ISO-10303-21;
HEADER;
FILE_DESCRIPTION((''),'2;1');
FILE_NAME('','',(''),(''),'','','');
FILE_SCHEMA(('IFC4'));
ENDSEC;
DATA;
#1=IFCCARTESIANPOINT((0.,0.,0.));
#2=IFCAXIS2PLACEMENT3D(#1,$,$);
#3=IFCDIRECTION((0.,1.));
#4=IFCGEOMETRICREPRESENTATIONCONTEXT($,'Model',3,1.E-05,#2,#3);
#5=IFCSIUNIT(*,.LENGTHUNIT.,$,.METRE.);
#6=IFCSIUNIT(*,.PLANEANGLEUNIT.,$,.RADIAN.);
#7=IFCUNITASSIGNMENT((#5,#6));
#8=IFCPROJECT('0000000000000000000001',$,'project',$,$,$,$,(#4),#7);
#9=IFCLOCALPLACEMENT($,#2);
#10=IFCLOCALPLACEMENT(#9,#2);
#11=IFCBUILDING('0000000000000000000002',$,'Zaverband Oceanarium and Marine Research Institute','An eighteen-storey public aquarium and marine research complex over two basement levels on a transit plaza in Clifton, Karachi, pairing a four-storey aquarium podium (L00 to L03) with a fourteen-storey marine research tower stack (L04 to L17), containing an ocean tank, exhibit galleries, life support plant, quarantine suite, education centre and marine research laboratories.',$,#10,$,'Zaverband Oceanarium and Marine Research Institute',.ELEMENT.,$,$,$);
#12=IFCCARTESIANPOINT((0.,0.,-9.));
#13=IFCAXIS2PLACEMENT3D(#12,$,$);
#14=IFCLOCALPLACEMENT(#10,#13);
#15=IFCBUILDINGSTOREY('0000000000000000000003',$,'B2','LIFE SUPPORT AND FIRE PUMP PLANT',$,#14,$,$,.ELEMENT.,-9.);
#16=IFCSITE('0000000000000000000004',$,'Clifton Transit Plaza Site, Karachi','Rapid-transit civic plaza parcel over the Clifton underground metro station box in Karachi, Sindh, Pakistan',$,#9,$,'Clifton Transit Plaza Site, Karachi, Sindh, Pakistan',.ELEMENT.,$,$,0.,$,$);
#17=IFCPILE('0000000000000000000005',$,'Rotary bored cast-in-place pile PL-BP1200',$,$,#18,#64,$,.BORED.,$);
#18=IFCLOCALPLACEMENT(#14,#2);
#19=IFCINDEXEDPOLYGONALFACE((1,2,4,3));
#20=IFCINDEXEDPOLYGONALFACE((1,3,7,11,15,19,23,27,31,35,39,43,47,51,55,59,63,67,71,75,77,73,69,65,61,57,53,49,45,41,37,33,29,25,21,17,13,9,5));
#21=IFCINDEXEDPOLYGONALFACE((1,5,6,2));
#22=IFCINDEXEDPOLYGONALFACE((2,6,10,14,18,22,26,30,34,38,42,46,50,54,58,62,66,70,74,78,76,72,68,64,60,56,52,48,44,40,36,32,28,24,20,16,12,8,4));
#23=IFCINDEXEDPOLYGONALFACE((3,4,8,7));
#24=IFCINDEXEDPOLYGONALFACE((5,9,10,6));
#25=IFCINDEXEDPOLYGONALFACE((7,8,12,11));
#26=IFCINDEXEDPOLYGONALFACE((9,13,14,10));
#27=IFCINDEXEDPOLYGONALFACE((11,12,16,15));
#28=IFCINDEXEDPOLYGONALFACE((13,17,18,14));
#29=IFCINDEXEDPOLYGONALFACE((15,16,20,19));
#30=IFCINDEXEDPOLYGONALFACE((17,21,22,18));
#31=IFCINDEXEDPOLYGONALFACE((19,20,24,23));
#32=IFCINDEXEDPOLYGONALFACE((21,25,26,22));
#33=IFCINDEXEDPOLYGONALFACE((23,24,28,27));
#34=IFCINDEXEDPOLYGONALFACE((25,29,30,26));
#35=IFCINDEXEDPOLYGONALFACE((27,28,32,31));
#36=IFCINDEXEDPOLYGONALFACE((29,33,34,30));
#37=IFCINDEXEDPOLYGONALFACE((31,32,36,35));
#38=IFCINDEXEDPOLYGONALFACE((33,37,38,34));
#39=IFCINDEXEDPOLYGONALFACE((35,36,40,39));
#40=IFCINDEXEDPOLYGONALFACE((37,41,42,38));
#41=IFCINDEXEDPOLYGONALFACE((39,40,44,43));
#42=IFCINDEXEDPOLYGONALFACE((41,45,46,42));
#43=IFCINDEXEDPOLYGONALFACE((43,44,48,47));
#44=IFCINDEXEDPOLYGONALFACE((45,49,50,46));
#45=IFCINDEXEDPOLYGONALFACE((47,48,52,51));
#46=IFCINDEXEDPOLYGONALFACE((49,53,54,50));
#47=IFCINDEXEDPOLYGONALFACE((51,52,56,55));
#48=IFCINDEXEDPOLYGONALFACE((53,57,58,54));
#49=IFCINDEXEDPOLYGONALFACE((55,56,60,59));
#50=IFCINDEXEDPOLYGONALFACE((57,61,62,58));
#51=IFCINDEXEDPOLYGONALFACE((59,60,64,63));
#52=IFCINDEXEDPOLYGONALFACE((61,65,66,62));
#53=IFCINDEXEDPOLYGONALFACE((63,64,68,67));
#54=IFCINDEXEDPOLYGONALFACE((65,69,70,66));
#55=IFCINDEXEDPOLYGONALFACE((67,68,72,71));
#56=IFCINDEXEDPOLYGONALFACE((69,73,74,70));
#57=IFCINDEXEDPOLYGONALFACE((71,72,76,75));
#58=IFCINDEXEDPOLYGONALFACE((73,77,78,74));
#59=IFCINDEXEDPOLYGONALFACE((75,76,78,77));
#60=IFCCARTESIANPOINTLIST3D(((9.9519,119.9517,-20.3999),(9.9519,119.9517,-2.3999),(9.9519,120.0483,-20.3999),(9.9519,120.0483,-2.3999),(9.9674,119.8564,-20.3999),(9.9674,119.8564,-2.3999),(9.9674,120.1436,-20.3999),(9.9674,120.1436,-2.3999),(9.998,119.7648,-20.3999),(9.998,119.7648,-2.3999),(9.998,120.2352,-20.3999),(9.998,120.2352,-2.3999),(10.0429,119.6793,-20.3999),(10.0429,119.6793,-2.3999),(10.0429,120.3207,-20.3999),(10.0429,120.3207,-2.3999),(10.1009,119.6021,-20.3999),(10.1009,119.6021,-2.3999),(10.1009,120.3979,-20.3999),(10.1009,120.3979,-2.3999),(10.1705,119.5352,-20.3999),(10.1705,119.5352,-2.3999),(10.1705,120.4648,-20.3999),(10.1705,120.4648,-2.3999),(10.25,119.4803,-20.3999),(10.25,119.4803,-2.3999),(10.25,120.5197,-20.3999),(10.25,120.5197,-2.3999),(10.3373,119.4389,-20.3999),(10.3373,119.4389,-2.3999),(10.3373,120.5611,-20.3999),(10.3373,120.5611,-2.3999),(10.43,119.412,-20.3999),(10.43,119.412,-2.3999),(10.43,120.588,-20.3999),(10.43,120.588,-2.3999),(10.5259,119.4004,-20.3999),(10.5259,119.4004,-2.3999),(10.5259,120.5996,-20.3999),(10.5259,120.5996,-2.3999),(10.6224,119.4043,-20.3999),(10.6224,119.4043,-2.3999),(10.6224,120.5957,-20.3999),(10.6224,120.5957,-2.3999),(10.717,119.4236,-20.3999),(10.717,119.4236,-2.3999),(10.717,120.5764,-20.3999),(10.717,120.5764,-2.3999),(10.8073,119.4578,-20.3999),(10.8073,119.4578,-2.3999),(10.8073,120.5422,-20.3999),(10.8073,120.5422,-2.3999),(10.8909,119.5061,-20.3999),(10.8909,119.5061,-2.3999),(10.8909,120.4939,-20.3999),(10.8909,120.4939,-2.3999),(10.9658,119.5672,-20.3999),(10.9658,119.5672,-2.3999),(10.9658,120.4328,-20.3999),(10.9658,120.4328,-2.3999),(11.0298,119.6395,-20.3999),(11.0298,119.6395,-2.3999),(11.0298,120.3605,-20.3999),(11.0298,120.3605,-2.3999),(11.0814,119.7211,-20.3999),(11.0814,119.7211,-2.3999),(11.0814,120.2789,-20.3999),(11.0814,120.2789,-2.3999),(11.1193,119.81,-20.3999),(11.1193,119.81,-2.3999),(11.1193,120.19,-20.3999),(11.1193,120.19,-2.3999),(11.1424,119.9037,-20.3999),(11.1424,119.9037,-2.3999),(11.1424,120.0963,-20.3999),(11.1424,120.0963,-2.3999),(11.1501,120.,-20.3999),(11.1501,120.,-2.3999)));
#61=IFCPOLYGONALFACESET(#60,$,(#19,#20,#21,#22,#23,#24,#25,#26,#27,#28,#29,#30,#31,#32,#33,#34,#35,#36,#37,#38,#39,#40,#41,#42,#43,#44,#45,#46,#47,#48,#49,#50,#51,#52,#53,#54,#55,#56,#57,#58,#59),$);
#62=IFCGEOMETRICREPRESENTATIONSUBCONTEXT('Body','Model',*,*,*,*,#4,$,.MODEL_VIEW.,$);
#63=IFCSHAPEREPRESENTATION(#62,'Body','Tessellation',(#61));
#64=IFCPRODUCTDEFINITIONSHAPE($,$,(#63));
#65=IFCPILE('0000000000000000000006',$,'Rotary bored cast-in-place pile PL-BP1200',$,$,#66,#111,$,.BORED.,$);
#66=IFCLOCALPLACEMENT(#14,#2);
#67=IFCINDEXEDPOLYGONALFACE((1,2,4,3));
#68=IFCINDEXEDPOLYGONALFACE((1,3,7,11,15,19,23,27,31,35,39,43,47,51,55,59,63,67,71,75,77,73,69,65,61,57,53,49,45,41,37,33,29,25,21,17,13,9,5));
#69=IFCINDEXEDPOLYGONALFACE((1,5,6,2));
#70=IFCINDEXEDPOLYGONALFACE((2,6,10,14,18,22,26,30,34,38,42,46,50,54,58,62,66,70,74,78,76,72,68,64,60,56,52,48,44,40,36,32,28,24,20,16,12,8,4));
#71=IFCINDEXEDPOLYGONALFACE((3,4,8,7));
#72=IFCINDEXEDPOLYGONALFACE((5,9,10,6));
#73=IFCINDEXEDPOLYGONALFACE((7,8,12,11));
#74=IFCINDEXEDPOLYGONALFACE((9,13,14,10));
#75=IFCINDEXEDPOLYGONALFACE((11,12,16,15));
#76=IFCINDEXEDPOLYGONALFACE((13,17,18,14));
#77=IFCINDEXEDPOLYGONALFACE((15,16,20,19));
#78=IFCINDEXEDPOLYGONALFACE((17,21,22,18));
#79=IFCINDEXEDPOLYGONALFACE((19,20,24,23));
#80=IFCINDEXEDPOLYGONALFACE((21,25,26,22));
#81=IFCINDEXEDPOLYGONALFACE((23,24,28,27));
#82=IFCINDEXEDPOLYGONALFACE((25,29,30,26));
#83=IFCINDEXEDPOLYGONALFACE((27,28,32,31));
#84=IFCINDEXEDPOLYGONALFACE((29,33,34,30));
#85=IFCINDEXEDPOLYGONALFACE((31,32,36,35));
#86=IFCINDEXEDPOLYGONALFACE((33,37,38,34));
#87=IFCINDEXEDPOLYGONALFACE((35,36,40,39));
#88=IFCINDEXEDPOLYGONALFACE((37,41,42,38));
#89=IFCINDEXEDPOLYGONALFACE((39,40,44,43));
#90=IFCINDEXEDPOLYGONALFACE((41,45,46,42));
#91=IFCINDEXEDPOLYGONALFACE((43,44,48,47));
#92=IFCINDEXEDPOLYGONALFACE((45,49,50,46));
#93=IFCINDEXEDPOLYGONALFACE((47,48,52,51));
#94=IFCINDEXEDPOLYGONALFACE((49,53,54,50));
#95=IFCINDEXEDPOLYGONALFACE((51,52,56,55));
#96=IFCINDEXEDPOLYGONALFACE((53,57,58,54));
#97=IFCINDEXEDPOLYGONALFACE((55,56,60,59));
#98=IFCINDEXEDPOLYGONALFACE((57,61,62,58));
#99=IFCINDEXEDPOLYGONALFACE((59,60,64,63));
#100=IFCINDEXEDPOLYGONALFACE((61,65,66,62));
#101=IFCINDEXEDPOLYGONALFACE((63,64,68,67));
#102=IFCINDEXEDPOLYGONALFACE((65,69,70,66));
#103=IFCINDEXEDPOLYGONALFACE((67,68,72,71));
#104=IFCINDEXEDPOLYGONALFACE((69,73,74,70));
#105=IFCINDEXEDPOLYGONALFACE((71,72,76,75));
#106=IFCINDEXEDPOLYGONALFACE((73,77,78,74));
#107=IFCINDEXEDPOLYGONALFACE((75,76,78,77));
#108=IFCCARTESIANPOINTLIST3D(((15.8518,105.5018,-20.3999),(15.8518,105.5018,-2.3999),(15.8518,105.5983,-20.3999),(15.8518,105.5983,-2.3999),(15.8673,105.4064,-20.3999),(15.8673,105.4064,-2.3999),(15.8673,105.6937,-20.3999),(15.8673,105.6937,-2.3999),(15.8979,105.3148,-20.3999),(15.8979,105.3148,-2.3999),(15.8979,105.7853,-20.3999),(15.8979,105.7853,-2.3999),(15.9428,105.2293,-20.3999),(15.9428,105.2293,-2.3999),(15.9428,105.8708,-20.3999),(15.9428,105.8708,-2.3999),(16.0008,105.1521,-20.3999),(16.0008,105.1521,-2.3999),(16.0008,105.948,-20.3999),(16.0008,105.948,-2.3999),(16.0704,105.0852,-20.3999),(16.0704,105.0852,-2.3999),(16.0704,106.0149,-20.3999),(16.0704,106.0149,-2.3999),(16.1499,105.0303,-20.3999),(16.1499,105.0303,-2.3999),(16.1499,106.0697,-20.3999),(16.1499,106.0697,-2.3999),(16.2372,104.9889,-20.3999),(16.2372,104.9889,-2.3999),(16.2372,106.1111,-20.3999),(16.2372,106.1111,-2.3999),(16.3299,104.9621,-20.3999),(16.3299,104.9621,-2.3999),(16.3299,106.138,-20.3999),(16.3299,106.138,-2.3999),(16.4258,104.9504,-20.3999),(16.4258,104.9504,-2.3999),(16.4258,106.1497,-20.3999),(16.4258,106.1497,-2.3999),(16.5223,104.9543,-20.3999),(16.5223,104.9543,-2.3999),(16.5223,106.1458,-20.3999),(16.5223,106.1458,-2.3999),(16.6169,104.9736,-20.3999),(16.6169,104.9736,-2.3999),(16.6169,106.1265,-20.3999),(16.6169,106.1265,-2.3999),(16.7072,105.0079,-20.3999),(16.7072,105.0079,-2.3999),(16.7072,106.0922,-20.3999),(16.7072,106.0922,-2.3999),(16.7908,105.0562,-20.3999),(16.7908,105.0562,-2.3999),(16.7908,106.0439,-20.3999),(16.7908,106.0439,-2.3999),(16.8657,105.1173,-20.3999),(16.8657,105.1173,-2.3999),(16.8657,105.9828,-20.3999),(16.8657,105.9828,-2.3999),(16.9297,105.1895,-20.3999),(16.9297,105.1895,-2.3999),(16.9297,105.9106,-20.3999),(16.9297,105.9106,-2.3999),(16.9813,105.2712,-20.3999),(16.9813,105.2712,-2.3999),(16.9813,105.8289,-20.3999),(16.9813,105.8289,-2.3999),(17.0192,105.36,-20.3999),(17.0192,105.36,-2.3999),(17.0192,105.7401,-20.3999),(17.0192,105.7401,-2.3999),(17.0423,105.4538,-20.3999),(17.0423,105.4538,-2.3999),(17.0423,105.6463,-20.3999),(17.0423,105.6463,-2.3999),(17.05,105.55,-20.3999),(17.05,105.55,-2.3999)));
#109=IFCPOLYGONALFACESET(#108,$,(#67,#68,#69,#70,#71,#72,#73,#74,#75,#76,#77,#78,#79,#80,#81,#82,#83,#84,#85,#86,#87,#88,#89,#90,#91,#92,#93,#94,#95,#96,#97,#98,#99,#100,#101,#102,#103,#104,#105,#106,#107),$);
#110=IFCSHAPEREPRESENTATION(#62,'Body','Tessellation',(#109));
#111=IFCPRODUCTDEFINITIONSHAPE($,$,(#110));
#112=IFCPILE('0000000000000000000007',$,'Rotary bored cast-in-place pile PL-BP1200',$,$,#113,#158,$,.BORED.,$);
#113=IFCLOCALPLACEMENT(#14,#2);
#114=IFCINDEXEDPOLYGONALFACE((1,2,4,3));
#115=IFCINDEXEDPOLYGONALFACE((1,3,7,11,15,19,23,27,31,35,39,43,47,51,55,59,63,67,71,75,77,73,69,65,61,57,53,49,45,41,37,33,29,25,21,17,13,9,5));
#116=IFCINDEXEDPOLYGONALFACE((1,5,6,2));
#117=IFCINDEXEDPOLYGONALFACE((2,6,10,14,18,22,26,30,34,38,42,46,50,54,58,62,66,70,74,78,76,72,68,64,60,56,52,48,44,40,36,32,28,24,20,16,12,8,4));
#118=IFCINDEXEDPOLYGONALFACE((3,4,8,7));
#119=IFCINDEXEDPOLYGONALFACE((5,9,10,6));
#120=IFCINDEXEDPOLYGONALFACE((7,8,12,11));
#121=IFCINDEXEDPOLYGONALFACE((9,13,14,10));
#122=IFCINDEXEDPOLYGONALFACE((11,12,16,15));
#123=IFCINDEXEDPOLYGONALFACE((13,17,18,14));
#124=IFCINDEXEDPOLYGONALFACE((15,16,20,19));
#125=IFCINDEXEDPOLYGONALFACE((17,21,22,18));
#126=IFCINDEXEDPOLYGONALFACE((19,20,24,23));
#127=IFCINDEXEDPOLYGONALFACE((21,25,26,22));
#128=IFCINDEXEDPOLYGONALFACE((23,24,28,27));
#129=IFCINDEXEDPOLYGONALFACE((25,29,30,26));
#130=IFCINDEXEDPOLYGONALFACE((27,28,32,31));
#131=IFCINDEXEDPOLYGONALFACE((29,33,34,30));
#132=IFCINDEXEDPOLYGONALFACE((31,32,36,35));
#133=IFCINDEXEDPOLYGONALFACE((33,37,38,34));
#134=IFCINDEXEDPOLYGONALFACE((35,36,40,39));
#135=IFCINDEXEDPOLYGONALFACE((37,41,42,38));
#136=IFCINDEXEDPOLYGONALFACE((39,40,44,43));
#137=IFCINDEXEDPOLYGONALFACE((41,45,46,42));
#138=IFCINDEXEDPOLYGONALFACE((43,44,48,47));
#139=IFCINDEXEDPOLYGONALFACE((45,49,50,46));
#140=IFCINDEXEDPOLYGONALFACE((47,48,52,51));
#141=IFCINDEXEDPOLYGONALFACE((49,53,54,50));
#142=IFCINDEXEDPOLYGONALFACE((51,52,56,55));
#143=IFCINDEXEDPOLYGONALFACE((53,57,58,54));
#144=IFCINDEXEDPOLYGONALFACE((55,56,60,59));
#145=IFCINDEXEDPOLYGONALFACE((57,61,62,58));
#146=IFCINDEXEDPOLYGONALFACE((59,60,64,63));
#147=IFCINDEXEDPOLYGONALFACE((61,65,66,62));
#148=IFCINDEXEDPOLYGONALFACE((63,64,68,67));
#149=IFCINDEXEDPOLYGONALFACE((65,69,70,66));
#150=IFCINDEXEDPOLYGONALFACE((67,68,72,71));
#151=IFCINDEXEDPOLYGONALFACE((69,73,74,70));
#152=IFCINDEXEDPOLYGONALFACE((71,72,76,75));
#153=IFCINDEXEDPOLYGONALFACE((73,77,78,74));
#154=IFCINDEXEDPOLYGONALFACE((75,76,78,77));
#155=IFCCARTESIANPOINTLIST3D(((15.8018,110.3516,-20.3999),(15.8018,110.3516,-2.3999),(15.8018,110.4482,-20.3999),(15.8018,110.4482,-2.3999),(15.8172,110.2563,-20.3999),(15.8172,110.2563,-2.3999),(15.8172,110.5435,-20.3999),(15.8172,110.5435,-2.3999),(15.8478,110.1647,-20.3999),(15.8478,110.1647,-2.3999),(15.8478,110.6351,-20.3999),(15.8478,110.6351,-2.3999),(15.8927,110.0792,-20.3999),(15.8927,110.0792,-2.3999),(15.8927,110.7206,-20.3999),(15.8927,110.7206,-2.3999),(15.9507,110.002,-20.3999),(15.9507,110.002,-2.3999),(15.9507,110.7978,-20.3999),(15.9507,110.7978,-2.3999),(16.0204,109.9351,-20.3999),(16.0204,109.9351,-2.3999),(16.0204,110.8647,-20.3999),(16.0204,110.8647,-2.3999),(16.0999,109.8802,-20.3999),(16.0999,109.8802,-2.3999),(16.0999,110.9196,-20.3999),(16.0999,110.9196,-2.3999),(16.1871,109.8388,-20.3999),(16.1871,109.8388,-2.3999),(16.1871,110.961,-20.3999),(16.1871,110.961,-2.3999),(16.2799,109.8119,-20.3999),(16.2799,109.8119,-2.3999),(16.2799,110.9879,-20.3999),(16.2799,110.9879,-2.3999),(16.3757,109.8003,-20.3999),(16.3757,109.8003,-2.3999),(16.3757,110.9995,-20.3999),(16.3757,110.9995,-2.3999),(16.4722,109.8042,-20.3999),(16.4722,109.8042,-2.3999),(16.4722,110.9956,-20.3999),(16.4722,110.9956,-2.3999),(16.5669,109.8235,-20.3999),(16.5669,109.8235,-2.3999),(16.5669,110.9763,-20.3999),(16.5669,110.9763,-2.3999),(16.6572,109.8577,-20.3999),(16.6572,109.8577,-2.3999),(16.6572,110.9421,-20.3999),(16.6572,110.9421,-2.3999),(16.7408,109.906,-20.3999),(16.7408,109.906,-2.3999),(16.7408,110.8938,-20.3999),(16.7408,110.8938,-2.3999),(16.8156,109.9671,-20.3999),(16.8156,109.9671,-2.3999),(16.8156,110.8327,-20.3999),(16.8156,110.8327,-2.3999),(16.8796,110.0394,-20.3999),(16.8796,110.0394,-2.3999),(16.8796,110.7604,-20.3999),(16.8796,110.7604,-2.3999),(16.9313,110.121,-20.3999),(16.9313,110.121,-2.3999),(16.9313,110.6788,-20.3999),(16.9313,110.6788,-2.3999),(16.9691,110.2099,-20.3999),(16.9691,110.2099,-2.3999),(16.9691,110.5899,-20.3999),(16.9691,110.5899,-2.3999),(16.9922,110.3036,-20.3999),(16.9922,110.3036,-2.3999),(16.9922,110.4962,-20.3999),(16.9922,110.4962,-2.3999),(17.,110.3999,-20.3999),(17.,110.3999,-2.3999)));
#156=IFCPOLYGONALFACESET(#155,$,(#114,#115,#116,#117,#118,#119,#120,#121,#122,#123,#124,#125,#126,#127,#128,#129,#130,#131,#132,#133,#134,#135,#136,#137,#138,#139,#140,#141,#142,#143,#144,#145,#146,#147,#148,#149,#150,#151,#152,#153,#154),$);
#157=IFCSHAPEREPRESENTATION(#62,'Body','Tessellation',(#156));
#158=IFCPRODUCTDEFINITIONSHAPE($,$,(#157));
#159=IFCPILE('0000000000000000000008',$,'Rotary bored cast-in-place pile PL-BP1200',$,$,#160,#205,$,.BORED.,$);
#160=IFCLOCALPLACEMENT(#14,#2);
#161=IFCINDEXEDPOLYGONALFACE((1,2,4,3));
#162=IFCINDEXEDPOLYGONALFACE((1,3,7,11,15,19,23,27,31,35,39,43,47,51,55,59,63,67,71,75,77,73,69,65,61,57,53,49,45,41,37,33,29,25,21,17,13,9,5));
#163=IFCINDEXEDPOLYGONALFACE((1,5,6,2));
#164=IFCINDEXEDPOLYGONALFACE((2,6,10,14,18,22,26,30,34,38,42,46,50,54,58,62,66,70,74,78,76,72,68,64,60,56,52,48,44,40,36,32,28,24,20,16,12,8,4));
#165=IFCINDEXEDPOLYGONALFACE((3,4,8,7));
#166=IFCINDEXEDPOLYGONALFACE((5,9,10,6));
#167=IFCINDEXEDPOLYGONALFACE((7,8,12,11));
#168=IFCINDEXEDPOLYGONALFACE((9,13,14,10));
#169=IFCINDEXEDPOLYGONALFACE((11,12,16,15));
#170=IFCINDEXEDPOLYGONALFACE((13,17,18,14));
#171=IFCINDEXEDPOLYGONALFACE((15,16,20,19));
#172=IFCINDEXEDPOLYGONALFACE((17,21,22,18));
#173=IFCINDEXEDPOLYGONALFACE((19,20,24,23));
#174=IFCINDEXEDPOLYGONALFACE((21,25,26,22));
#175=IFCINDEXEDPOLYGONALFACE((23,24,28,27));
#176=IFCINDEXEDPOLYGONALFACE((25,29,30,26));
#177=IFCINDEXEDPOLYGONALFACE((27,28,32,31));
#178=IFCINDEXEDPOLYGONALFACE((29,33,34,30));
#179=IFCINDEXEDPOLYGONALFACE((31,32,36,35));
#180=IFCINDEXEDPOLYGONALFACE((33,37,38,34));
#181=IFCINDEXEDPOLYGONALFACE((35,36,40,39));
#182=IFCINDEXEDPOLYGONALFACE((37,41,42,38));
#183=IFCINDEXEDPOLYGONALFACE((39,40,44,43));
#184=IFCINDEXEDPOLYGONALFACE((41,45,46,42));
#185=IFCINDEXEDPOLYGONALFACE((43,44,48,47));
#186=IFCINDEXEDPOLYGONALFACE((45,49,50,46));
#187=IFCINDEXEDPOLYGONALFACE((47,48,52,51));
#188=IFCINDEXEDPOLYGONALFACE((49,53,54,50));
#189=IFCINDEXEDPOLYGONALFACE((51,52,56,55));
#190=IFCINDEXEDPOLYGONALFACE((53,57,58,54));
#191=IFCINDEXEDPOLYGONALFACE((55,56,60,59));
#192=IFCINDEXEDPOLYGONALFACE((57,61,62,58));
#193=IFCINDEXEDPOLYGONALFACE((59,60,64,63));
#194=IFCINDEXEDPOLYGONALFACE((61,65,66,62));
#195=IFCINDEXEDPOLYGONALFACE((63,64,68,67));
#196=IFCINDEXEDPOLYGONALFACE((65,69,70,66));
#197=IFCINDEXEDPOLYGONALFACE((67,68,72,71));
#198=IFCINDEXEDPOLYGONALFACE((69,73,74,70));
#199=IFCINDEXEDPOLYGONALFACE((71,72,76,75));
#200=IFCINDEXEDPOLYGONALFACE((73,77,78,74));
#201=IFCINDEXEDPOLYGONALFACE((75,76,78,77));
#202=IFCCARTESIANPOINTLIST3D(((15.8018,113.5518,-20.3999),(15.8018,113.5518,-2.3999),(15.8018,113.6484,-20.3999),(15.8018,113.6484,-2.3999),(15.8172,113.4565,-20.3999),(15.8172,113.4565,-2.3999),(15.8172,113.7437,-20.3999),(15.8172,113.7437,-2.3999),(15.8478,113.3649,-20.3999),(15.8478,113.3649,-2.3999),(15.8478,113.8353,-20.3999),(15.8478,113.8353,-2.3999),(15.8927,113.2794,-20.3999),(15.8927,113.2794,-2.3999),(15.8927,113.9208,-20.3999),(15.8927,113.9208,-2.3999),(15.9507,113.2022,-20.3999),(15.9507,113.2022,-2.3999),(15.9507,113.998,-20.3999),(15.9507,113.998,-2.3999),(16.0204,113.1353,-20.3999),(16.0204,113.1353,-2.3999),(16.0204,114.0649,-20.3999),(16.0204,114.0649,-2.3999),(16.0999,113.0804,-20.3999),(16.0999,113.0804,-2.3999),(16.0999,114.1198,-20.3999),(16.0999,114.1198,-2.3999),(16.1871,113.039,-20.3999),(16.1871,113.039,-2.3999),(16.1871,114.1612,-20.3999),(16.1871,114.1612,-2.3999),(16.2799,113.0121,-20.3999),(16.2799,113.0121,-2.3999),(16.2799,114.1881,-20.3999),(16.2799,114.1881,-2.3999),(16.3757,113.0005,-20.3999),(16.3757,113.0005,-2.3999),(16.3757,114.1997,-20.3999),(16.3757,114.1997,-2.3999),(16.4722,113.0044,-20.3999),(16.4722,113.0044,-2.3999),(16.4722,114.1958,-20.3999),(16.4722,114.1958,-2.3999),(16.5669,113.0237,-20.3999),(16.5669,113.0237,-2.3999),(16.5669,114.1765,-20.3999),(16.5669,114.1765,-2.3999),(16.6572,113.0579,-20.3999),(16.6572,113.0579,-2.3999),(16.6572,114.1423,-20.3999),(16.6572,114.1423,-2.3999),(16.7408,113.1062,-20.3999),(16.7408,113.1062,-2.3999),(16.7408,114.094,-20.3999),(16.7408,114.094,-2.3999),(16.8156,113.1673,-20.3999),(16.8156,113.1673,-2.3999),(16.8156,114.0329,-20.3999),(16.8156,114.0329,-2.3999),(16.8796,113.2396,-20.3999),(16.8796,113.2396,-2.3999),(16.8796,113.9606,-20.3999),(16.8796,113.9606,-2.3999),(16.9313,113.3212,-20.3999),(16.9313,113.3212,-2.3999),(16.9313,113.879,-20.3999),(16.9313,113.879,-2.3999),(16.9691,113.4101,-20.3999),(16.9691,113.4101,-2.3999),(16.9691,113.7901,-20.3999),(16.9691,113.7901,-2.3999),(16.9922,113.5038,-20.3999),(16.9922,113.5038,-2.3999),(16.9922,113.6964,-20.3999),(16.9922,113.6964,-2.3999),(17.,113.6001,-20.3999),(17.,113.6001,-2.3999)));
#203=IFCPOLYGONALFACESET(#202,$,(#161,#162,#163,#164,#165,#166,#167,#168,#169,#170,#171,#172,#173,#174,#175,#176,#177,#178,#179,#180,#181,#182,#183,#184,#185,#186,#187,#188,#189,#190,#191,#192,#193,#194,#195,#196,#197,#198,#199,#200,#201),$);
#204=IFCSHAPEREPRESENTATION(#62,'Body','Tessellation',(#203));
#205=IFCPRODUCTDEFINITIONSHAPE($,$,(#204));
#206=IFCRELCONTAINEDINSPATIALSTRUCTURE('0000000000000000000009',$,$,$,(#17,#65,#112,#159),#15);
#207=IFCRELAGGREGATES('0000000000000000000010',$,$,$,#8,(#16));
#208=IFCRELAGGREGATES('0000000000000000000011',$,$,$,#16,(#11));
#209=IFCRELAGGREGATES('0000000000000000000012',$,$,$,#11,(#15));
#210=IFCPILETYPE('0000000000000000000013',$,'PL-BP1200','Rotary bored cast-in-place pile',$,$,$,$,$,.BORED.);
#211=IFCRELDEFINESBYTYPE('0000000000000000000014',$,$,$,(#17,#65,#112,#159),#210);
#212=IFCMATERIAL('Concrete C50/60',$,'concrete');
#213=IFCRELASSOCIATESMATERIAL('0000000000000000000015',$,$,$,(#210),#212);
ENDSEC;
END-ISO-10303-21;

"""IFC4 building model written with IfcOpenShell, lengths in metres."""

from ifc_helpers import new_model, si_unit, direction, frame, origin, origin_2d, place, context, subcontext, project, spatial, circle, extrude, material, material_profile, profile_set, type_object, element, save


model = new_model("IFC4")

# Units and contexts
model_context = context("Model", 3, precision=1e-05, world=origin(), true_north=direction((0.0, 1.0)))
body_context = subcontext(model_context, "Body", "Model", "MODEL_VIEW")
ifc_project = project(units=[si_unit("LENGTHUNIT", "METRE"), si_unit("PLANEANGLEUNIT", "RADIAN")], contexts=[model_context])

# Site, building, storey
site_placement = place(None, origin())
site = spatial("IfcSite", under=ifc_project, at=site_placement, Name="Clifton Transit Plaza Site, Karachi", Description="Rapid-transit civic plaza parcel over the Clifton underground metro station box in Karachi, Sindh, Pakistan", LongName="Clifton Transit Plaza Site, Karachi, Sindh, Pakistan", CompositionType="ELEMENT", RefElevation=0.0)
building_placement = place(site_placement, origin())
building = spatial("IfcBuilding", under=site, at=building_placement, Name="Zaverband Oceanarium and Marine Research Institute", Description="An eighteen-storey public aquarium and marine research complex over two basement levels on a transit plaza in Clifton, Karachi, pairing a four-storey aquarium podium (L00 to L03) with a fourteen-storey marine research tower stack (L04 to L17), containing an ocean tank, exhibit galleries, life support plant, quarantine suite, education centre and marine research laboratories.", LongName="Zaverband Oceanarium and Marine Research Institute", CompositionType="ELEMENT")
storey_placement = place(building_placement, frame((0.0, 0.0, -9.0)))
storey = spatial("IfcBuildingStorey", under=building, at=storey_placement, Name="B2", Description="LIFE SUPPORT AND FIRE PUMP PLANT", CompositionType="ELEMENT", Elevation=-9.0)

# Shared definitions
ifc_material_1 = material(Name="Concrete C50/60", Category="concrete")

# Piles
ifc_material_profile_1 = material_profile(ifc_material_1, circle(Radius=0.6001, at=origin_2d()), Name="BP1200")
ifc_profile_set_1 = profile_set([ifc_material_profile_1], Name="Concrete C50/60")
pile_type = type_object("IfcPileType", Name="PL-BP1200", Description="Rotary bored cast-in-place pile", PredefinedType="BORED", material=ifc_profile_set_1)
for number, where, z_axis, x_axis, name in (
    (1, (10.55, 120.0, -2.3999), (0.0, 0.0, -1.0), (1.0, 0.0, 0.0), "Rotary bored cast-in-place pile PL-BP1200"),
    (2, (16.45, 105.55, -2.3999), (0.0, 0.0, -1.0), (1.0, 0.0, 0.0), "Rotary bored cast-in-place pile PL-BP1200"),
    (3, (16.3999, 110.3999, -2.3999), (0.0, 0.0, -1.0), (1.0, 0.0, 0.0), "Rotary bored cast-in-place pile PL-BP1200"),
    (4, (16.3999, 113.6001, -2.3999), (0.0, 0.0, -1.0), (1.0, 0.0, 0.0), "Rotary bored cast-in-place pile PL-BP1200"),
):
    element("IfcPile", number, at=place(storey_placement, frame(where, z_axis=z_axis, x_axis=x_axis)), inside=storey, type_object=pile_type, Name=name, PredefinedType="BORED", context=body_context, shape_type="SweptSolid", body=[
        extrude(circle(Radius=0.6001, at=origin_2d()), origin(), (0.0, 0.0, 1.0), 18.0),
    ])

save(model, "model.ifc")
